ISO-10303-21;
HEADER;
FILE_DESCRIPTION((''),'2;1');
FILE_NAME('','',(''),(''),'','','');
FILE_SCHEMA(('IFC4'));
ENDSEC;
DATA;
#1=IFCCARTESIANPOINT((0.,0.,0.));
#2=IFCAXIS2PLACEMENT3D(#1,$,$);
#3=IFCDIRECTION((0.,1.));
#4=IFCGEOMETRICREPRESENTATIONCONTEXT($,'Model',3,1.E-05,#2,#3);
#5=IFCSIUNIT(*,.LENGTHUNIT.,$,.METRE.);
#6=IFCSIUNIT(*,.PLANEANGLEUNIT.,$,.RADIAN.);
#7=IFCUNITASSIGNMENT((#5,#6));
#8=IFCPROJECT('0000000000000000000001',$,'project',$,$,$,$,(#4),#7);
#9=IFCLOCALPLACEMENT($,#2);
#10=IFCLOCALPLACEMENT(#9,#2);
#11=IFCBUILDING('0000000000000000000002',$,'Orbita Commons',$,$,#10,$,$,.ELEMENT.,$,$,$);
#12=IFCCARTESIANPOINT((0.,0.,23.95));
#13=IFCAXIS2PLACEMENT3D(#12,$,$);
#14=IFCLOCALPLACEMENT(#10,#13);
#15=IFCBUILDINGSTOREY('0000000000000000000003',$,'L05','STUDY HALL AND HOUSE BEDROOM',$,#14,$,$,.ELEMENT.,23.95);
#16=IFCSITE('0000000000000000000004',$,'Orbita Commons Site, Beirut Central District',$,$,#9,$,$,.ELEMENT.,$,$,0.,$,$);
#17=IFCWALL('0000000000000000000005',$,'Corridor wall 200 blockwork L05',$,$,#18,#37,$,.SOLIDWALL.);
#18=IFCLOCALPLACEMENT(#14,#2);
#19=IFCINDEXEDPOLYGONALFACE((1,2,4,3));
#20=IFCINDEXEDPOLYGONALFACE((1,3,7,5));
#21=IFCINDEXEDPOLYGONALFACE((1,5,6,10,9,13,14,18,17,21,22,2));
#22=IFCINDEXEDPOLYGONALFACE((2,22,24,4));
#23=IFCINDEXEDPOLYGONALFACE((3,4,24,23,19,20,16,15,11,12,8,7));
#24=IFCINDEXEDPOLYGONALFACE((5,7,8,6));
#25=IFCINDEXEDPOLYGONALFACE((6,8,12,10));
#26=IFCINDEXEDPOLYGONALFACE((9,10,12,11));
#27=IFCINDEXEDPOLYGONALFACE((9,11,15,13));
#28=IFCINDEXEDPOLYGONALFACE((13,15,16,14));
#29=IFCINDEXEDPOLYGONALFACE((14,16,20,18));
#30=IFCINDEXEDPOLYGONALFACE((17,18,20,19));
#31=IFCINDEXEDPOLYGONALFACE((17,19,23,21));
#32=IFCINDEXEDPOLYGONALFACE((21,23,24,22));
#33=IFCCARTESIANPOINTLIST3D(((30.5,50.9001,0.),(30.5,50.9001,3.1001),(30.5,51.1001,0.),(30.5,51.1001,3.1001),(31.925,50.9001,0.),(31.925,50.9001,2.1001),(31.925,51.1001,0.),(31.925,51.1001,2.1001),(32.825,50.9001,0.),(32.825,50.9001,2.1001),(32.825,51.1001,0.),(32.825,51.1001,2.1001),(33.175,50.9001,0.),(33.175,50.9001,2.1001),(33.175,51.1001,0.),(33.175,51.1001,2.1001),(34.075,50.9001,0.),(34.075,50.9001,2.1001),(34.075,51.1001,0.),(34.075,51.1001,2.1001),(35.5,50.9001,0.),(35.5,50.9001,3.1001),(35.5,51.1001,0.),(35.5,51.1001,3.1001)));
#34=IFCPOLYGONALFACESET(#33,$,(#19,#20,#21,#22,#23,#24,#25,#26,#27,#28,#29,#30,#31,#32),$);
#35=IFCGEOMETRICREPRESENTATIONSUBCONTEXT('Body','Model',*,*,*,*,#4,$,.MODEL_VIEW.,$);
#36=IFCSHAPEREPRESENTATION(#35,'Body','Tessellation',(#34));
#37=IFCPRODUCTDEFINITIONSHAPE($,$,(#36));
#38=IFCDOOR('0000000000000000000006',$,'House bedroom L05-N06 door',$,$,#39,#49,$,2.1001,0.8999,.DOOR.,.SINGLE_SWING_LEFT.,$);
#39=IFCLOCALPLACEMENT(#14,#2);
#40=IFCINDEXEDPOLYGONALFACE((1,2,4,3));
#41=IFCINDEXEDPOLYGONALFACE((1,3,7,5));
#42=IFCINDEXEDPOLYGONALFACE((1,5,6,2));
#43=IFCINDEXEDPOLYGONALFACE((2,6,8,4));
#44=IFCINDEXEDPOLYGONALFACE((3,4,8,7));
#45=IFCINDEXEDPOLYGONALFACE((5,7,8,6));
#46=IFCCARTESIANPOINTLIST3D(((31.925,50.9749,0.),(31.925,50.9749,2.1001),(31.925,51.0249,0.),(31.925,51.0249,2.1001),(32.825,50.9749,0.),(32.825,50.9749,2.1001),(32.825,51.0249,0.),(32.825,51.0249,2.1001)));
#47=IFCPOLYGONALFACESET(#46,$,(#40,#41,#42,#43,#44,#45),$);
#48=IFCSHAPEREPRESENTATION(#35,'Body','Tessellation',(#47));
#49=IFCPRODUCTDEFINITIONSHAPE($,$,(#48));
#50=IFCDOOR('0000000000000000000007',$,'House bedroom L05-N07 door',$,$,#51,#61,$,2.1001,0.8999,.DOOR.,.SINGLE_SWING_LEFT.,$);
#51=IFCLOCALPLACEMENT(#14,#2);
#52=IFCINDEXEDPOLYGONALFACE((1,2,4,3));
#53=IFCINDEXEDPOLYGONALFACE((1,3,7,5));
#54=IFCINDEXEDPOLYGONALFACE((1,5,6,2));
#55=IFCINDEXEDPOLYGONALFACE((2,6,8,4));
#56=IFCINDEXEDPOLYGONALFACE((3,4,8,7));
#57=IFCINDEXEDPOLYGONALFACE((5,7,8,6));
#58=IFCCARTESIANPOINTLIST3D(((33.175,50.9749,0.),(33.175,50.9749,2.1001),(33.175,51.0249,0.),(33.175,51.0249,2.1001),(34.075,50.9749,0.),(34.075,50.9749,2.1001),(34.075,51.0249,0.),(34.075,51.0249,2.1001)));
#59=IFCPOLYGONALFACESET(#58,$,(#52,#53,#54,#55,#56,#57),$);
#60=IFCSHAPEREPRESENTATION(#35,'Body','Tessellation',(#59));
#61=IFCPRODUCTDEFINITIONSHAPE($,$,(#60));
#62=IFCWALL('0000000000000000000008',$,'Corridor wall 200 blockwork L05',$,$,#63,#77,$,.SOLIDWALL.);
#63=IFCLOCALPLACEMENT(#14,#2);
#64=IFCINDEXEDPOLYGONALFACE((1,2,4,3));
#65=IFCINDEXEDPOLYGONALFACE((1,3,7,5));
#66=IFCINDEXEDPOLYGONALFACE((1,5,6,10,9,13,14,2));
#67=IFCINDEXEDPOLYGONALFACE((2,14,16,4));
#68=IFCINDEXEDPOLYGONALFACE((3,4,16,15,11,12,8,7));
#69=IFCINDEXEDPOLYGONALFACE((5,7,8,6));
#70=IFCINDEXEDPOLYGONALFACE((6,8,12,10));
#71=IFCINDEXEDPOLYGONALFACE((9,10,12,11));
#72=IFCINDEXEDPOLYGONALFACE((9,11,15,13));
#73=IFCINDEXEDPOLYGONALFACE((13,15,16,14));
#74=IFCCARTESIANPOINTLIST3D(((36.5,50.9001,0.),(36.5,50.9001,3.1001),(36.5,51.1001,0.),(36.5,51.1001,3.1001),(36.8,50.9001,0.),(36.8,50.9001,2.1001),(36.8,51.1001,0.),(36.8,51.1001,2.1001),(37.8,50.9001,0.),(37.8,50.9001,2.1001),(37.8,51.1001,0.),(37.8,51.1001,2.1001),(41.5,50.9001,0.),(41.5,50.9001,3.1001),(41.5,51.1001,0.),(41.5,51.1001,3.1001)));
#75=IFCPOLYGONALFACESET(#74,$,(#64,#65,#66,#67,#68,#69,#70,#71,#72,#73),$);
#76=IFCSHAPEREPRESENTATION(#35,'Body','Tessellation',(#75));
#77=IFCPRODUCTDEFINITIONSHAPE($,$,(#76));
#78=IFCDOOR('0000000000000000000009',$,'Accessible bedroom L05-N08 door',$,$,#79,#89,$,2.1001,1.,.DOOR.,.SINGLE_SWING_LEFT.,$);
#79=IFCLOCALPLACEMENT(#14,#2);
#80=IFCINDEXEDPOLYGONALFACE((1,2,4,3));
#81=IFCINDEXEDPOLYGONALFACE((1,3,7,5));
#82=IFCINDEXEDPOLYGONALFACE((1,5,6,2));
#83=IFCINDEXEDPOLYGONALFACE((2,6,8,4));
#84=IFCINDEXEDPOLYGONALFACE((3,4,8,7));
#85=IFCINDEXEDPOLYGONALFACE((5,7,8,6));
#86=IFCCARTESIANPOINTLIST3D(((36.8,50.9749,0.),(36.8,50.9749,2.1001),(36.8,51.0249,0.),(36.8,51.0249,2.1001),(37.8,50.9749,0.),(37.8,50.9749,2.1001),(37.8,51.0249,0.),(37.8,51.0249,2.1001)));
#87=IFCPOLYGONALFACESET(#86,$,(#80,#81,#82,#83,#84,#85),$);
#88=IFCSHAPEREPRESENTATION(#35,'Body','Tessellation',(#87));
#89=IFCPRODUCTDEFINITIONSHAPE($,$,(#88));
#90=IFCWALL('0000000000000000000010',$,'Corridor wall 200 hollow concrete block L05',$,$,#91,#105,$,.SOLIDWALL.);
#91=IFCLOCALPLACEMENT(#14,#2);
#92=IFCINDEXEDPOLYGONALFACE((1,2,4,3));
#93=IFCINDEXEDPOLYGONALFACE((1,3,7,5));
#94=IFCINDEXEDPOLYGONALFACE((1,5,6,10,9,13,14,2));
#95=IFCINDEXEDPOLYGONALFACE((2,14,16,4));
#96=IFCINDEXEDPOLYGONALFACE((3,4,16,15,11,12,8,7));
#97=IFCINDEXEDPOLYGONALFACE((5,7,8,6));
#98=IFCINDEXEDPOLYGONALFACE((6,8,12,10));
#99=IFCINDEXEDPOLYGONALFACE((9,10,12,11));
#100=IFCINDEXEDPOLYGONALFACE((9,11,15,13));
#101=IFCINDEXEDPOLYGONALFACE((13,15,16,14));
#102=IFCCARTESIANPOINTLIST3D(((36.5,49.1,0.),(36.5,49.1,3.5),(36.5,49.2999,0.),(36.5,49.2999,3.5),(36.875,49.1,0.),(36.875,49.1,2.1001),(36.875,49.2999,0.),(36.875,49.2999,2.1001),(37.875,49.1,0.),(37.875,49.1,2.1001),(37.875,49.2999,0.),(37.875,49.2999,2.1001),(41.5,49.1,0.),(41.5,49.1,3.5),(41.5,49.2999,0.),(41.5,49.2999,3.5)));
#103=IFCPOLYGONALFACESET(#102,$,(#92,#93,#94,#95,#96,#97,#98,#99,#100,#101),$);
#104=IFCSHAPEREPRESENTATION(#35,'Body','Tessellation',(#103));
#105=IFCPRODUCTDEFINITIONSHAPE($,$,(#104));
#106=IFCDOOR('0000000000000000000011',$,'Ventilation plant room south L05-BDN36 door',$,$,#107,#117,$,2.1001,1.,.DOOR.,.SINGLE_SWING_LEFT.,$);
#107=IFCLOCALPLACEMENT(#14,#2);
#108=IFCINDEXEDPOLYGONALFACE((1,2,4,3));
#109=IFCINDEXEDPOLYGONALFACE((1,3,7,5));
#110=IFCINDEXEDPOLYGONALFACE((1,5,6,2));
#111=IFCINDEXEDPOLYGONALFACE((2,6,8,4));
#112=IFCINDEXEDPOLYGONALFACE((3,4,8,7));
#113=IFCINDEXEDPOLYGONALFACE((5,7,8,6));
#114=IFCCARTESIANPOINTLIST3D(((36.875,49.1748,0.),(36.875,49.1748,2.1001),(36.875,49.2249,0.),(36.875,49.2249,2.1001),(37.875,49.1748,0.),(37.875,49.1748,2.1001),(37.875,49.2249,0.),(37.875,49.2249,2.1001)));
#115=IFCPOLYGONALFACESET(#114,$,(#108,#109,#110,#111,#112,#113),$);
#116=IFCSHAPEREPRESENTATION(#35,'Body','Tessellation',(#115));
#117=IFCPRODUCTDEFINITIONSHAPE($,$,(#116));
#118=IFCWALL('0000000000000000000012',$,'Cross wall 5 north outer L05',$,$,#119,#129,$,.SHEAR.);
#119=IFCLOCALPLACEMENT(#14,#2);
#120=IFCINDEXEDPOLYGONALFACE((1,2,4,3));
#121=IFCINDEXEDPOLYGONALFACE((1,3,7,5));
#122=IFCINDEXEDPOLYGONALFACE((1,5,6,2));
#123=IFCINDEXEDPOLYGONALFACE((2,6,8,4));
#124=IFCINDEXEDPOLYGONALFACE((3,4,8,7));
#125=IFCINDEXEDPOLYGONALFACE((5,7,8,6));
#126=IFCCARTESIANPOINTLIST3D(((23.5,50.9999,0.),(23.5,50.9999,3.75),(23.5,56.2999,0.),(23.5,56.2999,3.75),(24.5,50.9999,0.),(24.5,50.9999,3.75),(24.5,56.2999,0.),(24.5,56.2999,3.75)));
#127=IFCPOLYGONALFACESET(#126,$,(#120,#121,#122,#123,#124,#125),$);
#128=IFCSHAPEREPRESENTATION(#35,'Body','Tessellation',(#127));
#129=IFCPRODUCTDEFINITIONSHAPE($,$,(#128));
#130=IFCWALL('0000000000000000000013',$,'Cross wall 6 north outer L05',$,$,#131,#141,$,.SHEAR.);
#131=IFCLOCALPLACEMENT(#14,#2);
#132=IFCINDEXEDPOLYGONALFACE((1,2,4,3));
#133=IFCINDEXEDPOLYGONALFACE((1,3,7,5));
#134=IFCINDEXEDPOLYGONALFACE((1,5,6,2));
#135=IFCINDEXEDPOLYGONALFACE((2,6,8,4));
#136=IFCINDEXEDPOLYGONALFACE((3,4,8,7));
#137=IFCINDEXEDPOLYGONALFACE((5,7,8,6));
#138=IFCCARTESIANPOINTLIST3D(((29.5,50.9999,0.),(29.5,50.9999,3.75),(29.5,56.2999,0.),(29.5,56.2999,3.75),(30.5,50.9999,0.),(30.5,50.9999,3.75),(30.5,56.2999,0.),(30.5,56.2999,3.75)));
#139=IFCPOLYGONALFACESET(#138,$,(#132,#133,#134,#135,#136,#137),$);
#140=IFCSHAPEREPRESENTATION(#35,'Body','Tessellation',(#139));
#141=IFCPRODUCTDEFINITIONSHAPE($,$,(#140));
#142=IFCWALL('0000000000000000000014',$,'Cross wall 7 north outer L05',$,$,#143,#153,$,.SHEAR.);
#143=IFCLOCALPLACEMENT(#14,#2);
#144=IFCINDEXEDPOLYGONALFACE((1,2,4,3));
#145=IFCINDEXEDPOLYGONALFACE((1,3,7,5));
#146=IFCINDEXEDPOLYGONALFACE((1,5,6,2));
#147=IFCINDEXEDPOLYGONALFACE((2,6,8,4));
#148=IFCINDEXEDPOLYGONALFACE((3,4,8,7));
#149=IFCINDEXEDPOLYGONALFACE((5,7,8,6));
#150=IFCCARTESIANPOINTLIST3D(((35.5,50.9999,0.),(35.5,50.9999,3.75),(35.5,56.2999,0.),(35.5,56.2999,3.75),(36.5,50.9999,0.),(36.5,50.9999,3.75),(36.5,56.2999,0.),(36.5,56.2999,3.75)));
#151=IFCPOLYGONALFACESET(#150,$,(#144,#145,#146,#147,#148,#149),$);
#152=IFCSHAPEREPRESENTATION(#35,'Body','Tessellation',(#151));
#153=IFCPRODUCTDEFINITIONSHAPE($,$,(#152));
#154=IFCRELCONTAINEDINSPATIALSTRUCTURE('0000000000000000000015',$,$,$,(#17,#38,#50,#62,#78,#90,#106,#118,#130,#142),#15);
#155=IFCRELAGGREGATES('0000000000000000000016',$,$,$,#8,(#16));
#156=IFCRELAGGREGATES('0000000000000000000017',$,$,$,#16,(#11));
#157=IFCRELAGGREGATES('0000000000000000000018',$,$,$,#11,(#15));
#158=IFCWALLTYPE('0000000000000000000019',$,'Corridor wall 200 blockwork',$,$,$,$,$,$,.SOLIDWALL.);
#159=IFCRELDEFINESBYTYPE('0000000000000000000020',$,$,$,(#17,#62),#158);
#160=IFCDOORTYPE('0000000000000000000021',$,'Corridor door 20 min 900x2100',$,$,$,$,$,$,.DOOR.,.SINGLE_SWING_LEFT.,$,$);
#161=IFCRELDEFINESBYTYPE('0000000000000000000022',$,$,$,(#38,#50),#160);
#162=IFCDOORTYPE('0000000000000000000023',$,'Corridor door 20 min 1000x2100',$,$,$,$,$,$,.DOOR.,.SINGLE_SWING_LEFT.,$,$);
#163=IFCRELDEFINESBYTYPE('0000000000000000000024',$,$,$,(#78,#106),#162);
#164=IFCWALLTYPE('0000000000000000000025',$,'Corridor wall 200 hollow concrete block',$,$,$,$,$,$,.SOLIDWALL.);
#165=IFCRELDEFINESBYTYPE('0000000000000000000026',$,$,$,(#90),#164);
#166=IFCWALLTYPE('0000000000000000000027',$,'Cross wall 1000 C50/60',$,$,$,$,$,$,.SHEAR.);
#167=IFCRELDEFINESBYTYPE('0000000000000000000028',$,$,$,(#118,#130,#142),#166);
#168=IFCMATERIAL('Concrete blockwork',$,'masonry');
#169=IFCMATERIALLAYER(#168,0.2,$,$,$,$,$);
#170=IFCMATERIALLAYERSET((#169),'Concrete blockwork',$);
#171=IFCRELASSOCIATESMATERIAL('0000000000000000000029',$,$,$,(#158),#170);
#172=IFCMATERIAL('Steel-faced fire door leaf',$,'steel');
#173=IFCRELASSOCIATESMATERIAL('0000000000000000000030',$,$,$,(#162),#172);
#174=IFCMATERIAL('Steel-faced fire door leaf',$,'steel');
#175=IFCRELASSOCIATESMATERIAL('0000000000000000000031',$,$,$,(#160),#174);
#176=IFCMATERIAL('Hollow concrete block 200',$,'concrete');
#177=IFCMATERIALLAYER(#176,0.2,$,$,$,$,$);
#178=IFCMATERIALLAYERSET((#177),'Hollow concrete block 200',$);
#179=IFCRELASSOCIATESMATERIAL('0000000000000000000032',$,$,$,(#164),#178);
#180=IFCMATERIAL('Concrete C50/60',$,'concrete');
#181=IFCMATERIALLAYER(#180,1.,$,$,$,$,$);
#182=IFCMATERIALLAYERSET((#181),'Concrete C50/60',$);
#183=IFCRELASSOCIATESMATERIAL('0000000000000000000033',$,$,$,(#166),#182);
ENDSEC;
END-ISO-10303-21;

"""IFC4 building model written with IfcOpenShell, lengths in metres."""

from ifc_helpers import new_model, si_unit, direction, frame, frame_2d, origin, place, context, subcontext, project, spatial, polyline, rectangle, outline, extrude, material, layer, layer_set, type_object, element, fill, save


model = new_model("IFC4")

# Units and contexts
model_context = context("Model", 3, precision=1e-05, world=origin(), true_north=direction((0.0, 1.0)))
body_context = subcontext(model_context, "Body", "Model", "MODEL_VIEW")
ifc_project = project(units=[si_unit("LENGTHUNIT", "METRE"), si_unit("PLANEANGLEUNIT", "RADIAN")], contexts=[model_context])

# Site, building, storey
site_placement = place(None, origin())
site = spatial("IfcSite", under=ifc_project, at=site_placement, Name="Orbita Commons Site, Beirut Central District", CompositionType="ELEMENT", RefElevation=0.0)
building_placement = place(site_placement, origin())
building = spatial("IfcBuilding", under=site, at=building_placement, Name="Orbita Commons", CompositionType="ELEMENT")
storey_placement = place(building_placement, frame((0.0, 0.0, 23.95)))
storey = spatial("IfcBuildingStorey", under=building, at=storey_placement, Name="L05", Description="STUDY HALL AND HOUSE BEDROOM", CompositionType="ELEMENT", Elevation=23.95)

# Shared definitions
ifc_material_1 = material(Name="Concrete blockwork", Category="masonry")
ifc_layer_1 = layer(ifc_material_1, 0.2)
ifc_layer_set_1 = layer_set([ifc_layer_1], Name="Concrete blockwork")
wall_type_1 = type_object("IfcWallType", Name="Corridor wall 200 blockwork", PredefinedType="SOLIDWALL", material=ifc_layer_set_1)
ifc_material_2 = material(Name="Steel-faced fire door leaf", Category="steel")
door_type_1 = type_object("IfcDoorType", Name="Corridor door 20 min 1000x2100", OperationType="SINGLE_SWING_LEFT", PredefinedType="DOOR", material=ifc_material_2)

# Wall, openings, doors
wall_1_placement = place(storey_placement, frame((30.5, 51.0, 0.0), z_axis=(0.0, 0.0, 1.0), x_axis=(1.0, 0.0, 0.0)))
wall_1 = element("IfcWall", 1, at=wall_1_placement, inside=storey, type_object=wall_type_1, Name="Corridor wall 200 blockwork L05", PredefinedType="SOLIDWALL", context=body_context, shape_type="SweptSolid", body=[
    extrude(outline(polyline([(0.0, 0.0), (5.0, 0.0), (5.0, 3.1001), (0.0, 3.1001), (0.0, 0.0)])), frame((0.0, 0.1001, 0.0), z_axis=(0.0, -1.0, 0.0), x_axis=(1.0, 0.0, 0.0)), (0.0, 0.0, 1.0), 0.2),
])
opening_1_placement = place(wall_1_placement, frame((1.425, 0.0, 0.0)))
opening_1 = element("IfcOpeningElement", 2, at=opening_1_placement, cuts=wall_1, PredefinedType="OPENING", context=body_context, shape_type="SweptSolid", body=[
    extrude(rectangle(XDim=0.8999, YDim=2.1001, at=frame_2d((0.45, 1.05))), frame((0.0, 0.1099, 0.0), z_axis=(0.0, -1.0, 0.0), x_axis=(1.0, 0.0, 0.0)), (0.0, 0.0, 1.0), 0.22),
])
opening_2_placement = place(wall_1_placement, frame((2.675, 0.0, 0.0)))
opening_2 = element("IfcOpeningElement", 3, at=opening_2_placement, cuts=wall_1, PredefinedType="OPENING", context=body_context, shape_type="SweptSolid", body=[
    extrude(rectangle(XDim=0.8999, YDim=2.1001, at=frame_2d((0.45, 1.05))), frame((0.0, 0.1099, 0.0), z_axis=(0.0, -1.0, 0.0), x_axis=(1.0, 0.0, 0.0)), (0.0, 0.0, 1.0), 0.22),
])
ifc_material_3 = material(Name="Steel-faced fire door leaf", Category="steel")
door_type_2 = type_object("IfcDoorType", Name="Corridor door 20 min 900x2100", OperationType="SINGLE_SWING_LEFT", PredefinedType="DOOR", material=ifc_material_3)
door_1_placement = place(opening_1_placement, origin())
door_1 = element("IfcDoor", 4, at=door_1_placement, inside=storey, type_object=door_type_2, Name="House bedroom L05-N06 door", OperationType="SINGLE_SWING_LEFT", OverallHeight=2.1001, OverallWidth=0.8999, PredefinedType="DOOR", context=body_context, shape_type="SweptSolid", body=[
    extrude(rectangle(XDim=0.8999, YDim=2.1001, at=frame_2d((0.45, 1.05))), frame((0.0, 0.0249, 0.0), z_axis=(0.0, -1.0, 0.0), x_axis=(1.0, 0.0, 0.0)), (0.0, 0.0, 1.0), 0.05),
])
fill(opening_1, door_1)
door_2_placement = place(opening_2_placement, origin())
door_2 = element("IfcDoor", 5, at=door_2_placement, inside=storey, type_object=door_type_2, Name="House bedroom L05-N07 door", OperationType="SINGLE_SWING_LEFT", OverallHeight=2.1001, OverallWidth=0.8999, PredefinedType="DOOR", context=body_context, shape_type="SweptSolid", body=[
    extrude(rectangle(XDim=0.8999, YDim=2.1001, at=frame_2d((0.45, 1.05))), frame((0.0, 0.0249, 0.0), z_axis=(0.0, -1.0, 0.0), x_axis=(1.0, 0.0, 0.0)), (0.0, 0.0, 1.0), 0.05),
])
fill(opening_2, door_2)

# Walls, openings, doors
wall_2_placement = place(storey_placement, frame((36.5, 51.0, 0.0), z_axis=(0.0, 0.0, 1.0), x_axis=(1.0, 0.0, 0.0)))
wall_2 = element("IfcWall", 6, at=wall_2_placement, inside=storey, type_object=wall_type_1, Name="Corridor wall 200 blockwork L05", PredefinedType="SOLIDWALL", context=body_context, shape_type="SweptSolid", body=[
    extrude(outline(polyline([(0.0, 0.0), (5.0, 0.0), (5.0, 3.1001), (0.0, 3.1001), (0.0, 0.0)])), frame((0.0, 0.1001, 0.0), z_axis=(0.0, -1.0, 0.0), x_axis=(1.0, 0.0, 0.0)), (0.0, 0.0, 1.0), 0.2),
])
opening_3_placement = place(wall_2_placement, frame((0.3, 0.0, 0.0)))
opening_3 = element("IfcOpeningElement", 7, at=opening_3_placement, cuts=wall_2, PredefinedType="OPENING", context=body_context, shape_type="SweptSolid", body=[
    extrude(rectangle(XDim=1.0, YDim=2.1001, at=frame_2d((0.5, 1.05))), frame((0.0, 0.1099, 0.0), z_axis=(0.0, -1.0, 0.0), x_axis=(1.0, 0.0, 0.0)), (0.0, 0.0, 1.0), 0.22),
])
door_3_placement = place(opening_3_placement, origin())
door_3 = element("IfcDoor", 8, at=door_3_placement, inside=storey, type_object=door_type_1, Name="Accessible bedroom L05-N08 door", OperationType="SINGLE_SWING_LEFT", OverallHeight=2.1001, OverallWidth=1.0, PredefinedType="DOOR", context=body_context, shape_type="SweptSolid", body=[
    extrude(rectangle(XDim=1.0, YDim=2.1001, at=frame_2d((0.5, 1.05))), frame((0.0, 0.0249, 0.0), z_axis=(0.0, -1.0, 0.0), x_axis=(1.0, 0.0, 0.0)), (0.0, 0.0, 1.0), 0.05),
])
fill(opening_3, door_3)
ifc_material_4 = material(Name="Hollow concrete block 200", Category="concrete")
ifc_layer_2 = layer(ifc_material_4, 0.2)
ifc_layer_set_2 = layer_set([ifc_layer_2], Name="Hollow concrete block 200")
wall_type_2 = type_object("IfcWallType", Name="Corridor wall 200 hollow concrete block", PredefinedType="SOLIDWALL", material=ifc_layer_set_2)
wall_3_placement = place(storey_placement, frame((36.5, 49.2, 0.0), z_axis=(0.0, 0.0, 1.0), x_axis=(1.0, 0.0, 0.0)))
wall_3 = element("IfcWall", 9, at=wall_3_placement, inside=storey, type_object=wall_type_2, Name="Corridor wall 200 hollow concrete block L05", PredefinedType="SOLIDWALL", context=body_context, shape_type="SweptSolid", body=[
    extrude(rectangle(XDim=5.0, YDim=0.2, at=frame_2d((2.5, 0.0))), origin(), (0.0, 0.0, 1.0), 3.5),
])
opening_4_placement = place(wall_3_placement, frame((0.375, 0.0, 0.0)))
opening_4 = element("IfcOpeningElement", 10, at=opening_4_placement, cuts=wall_3, PredefinedType="OPENING", context=body_context, shape_type="SweptSolid", body=[
    extrude(rectangle(XDim=1.0, YDim=2.1001, at=frame_2d((0.5, 1.05))), frame((0.0, 0.1099, 0.0), z_axis=(0.0, -1.0, 0.0), x_axis=(1.0, 0.0, 0.0)), (0.0, 0.0, 1.0), 0.22),
])
door_4_placement = place(opening_4_placement, origin())
door_4 = element("IfcDoor", 11, at=door_4_placement, inside=storey, type_object=door_type_1, Name="Ventilation plant room south L05-BDN36 door", OperationType="SINGLE_SWING_LEFT", OverallHeight=2.1001, OverallWidth=1.0, PredefinedType="DOOR", context=body_context, shape_type="SweptSolid", body=[
    extrude(rectangle(XDim=1.0, YDim=2.1001, at=frame_2d((0.5, 1.05))), frame((0.0, 0.0249, 0.0), z_axis=(0.0, -1.0, 0.0), x_axis=(1.0, 0.0, 0.0)), (0.0, 0.0, 1.0), 0.05),
])
fill(opening_4, door_4)

# Walls
ifc_material_5 = material(Name="Concrete C50/60", Category="concrete")
ifc_layer_3 = layer(ifc_material_5, 1.0)
ifc_layer_set_3 = layer_set([ifc_layer_3], Name="Concrete C50/60")
wall_type_3 = type_object("IfcWallType", Name="Cross wall 1000 C50/60", PredefinedType="SHEAR", material=ifc_layer_set_3)
for number, where, z_axis, x_axis, name in (
    (12, (24.0, 51.0, 0.0), (0.0, 0.0, 1.0), (0.0, 1.0, 0.0), "Cross wall 5 north outer L05"),
    (13, (30.0, 51.0, 0.0), (0.0, 0.0, 1.0), (0.0, 1.0, 0.0), "Cross wall 6 north outer L05"),
    (14, (36.0, 51.0, 0.0), (0.0, 0.0, 1.0), (0.0, 1.0, 0.0), "Cross wall 7 north outer L05"),
):
    element("IfcWall", number, at=place(storey_placement, frame(where, z_axis=z_axis, x_axis=x_axis)), inside=storey, type_object=wall_type_3, Name=name, PredefinedType="SHEAR", context=body_context, shape_type="SweptSolid", body=[
        extrude(rectangle(XDim=5.3, YDim=1.0, at=frame_2d((2.6499, 0.0))), origin(), (0.0, 0.0, 1.0), 3.75),
    ])

save(model, "model.ifc")
